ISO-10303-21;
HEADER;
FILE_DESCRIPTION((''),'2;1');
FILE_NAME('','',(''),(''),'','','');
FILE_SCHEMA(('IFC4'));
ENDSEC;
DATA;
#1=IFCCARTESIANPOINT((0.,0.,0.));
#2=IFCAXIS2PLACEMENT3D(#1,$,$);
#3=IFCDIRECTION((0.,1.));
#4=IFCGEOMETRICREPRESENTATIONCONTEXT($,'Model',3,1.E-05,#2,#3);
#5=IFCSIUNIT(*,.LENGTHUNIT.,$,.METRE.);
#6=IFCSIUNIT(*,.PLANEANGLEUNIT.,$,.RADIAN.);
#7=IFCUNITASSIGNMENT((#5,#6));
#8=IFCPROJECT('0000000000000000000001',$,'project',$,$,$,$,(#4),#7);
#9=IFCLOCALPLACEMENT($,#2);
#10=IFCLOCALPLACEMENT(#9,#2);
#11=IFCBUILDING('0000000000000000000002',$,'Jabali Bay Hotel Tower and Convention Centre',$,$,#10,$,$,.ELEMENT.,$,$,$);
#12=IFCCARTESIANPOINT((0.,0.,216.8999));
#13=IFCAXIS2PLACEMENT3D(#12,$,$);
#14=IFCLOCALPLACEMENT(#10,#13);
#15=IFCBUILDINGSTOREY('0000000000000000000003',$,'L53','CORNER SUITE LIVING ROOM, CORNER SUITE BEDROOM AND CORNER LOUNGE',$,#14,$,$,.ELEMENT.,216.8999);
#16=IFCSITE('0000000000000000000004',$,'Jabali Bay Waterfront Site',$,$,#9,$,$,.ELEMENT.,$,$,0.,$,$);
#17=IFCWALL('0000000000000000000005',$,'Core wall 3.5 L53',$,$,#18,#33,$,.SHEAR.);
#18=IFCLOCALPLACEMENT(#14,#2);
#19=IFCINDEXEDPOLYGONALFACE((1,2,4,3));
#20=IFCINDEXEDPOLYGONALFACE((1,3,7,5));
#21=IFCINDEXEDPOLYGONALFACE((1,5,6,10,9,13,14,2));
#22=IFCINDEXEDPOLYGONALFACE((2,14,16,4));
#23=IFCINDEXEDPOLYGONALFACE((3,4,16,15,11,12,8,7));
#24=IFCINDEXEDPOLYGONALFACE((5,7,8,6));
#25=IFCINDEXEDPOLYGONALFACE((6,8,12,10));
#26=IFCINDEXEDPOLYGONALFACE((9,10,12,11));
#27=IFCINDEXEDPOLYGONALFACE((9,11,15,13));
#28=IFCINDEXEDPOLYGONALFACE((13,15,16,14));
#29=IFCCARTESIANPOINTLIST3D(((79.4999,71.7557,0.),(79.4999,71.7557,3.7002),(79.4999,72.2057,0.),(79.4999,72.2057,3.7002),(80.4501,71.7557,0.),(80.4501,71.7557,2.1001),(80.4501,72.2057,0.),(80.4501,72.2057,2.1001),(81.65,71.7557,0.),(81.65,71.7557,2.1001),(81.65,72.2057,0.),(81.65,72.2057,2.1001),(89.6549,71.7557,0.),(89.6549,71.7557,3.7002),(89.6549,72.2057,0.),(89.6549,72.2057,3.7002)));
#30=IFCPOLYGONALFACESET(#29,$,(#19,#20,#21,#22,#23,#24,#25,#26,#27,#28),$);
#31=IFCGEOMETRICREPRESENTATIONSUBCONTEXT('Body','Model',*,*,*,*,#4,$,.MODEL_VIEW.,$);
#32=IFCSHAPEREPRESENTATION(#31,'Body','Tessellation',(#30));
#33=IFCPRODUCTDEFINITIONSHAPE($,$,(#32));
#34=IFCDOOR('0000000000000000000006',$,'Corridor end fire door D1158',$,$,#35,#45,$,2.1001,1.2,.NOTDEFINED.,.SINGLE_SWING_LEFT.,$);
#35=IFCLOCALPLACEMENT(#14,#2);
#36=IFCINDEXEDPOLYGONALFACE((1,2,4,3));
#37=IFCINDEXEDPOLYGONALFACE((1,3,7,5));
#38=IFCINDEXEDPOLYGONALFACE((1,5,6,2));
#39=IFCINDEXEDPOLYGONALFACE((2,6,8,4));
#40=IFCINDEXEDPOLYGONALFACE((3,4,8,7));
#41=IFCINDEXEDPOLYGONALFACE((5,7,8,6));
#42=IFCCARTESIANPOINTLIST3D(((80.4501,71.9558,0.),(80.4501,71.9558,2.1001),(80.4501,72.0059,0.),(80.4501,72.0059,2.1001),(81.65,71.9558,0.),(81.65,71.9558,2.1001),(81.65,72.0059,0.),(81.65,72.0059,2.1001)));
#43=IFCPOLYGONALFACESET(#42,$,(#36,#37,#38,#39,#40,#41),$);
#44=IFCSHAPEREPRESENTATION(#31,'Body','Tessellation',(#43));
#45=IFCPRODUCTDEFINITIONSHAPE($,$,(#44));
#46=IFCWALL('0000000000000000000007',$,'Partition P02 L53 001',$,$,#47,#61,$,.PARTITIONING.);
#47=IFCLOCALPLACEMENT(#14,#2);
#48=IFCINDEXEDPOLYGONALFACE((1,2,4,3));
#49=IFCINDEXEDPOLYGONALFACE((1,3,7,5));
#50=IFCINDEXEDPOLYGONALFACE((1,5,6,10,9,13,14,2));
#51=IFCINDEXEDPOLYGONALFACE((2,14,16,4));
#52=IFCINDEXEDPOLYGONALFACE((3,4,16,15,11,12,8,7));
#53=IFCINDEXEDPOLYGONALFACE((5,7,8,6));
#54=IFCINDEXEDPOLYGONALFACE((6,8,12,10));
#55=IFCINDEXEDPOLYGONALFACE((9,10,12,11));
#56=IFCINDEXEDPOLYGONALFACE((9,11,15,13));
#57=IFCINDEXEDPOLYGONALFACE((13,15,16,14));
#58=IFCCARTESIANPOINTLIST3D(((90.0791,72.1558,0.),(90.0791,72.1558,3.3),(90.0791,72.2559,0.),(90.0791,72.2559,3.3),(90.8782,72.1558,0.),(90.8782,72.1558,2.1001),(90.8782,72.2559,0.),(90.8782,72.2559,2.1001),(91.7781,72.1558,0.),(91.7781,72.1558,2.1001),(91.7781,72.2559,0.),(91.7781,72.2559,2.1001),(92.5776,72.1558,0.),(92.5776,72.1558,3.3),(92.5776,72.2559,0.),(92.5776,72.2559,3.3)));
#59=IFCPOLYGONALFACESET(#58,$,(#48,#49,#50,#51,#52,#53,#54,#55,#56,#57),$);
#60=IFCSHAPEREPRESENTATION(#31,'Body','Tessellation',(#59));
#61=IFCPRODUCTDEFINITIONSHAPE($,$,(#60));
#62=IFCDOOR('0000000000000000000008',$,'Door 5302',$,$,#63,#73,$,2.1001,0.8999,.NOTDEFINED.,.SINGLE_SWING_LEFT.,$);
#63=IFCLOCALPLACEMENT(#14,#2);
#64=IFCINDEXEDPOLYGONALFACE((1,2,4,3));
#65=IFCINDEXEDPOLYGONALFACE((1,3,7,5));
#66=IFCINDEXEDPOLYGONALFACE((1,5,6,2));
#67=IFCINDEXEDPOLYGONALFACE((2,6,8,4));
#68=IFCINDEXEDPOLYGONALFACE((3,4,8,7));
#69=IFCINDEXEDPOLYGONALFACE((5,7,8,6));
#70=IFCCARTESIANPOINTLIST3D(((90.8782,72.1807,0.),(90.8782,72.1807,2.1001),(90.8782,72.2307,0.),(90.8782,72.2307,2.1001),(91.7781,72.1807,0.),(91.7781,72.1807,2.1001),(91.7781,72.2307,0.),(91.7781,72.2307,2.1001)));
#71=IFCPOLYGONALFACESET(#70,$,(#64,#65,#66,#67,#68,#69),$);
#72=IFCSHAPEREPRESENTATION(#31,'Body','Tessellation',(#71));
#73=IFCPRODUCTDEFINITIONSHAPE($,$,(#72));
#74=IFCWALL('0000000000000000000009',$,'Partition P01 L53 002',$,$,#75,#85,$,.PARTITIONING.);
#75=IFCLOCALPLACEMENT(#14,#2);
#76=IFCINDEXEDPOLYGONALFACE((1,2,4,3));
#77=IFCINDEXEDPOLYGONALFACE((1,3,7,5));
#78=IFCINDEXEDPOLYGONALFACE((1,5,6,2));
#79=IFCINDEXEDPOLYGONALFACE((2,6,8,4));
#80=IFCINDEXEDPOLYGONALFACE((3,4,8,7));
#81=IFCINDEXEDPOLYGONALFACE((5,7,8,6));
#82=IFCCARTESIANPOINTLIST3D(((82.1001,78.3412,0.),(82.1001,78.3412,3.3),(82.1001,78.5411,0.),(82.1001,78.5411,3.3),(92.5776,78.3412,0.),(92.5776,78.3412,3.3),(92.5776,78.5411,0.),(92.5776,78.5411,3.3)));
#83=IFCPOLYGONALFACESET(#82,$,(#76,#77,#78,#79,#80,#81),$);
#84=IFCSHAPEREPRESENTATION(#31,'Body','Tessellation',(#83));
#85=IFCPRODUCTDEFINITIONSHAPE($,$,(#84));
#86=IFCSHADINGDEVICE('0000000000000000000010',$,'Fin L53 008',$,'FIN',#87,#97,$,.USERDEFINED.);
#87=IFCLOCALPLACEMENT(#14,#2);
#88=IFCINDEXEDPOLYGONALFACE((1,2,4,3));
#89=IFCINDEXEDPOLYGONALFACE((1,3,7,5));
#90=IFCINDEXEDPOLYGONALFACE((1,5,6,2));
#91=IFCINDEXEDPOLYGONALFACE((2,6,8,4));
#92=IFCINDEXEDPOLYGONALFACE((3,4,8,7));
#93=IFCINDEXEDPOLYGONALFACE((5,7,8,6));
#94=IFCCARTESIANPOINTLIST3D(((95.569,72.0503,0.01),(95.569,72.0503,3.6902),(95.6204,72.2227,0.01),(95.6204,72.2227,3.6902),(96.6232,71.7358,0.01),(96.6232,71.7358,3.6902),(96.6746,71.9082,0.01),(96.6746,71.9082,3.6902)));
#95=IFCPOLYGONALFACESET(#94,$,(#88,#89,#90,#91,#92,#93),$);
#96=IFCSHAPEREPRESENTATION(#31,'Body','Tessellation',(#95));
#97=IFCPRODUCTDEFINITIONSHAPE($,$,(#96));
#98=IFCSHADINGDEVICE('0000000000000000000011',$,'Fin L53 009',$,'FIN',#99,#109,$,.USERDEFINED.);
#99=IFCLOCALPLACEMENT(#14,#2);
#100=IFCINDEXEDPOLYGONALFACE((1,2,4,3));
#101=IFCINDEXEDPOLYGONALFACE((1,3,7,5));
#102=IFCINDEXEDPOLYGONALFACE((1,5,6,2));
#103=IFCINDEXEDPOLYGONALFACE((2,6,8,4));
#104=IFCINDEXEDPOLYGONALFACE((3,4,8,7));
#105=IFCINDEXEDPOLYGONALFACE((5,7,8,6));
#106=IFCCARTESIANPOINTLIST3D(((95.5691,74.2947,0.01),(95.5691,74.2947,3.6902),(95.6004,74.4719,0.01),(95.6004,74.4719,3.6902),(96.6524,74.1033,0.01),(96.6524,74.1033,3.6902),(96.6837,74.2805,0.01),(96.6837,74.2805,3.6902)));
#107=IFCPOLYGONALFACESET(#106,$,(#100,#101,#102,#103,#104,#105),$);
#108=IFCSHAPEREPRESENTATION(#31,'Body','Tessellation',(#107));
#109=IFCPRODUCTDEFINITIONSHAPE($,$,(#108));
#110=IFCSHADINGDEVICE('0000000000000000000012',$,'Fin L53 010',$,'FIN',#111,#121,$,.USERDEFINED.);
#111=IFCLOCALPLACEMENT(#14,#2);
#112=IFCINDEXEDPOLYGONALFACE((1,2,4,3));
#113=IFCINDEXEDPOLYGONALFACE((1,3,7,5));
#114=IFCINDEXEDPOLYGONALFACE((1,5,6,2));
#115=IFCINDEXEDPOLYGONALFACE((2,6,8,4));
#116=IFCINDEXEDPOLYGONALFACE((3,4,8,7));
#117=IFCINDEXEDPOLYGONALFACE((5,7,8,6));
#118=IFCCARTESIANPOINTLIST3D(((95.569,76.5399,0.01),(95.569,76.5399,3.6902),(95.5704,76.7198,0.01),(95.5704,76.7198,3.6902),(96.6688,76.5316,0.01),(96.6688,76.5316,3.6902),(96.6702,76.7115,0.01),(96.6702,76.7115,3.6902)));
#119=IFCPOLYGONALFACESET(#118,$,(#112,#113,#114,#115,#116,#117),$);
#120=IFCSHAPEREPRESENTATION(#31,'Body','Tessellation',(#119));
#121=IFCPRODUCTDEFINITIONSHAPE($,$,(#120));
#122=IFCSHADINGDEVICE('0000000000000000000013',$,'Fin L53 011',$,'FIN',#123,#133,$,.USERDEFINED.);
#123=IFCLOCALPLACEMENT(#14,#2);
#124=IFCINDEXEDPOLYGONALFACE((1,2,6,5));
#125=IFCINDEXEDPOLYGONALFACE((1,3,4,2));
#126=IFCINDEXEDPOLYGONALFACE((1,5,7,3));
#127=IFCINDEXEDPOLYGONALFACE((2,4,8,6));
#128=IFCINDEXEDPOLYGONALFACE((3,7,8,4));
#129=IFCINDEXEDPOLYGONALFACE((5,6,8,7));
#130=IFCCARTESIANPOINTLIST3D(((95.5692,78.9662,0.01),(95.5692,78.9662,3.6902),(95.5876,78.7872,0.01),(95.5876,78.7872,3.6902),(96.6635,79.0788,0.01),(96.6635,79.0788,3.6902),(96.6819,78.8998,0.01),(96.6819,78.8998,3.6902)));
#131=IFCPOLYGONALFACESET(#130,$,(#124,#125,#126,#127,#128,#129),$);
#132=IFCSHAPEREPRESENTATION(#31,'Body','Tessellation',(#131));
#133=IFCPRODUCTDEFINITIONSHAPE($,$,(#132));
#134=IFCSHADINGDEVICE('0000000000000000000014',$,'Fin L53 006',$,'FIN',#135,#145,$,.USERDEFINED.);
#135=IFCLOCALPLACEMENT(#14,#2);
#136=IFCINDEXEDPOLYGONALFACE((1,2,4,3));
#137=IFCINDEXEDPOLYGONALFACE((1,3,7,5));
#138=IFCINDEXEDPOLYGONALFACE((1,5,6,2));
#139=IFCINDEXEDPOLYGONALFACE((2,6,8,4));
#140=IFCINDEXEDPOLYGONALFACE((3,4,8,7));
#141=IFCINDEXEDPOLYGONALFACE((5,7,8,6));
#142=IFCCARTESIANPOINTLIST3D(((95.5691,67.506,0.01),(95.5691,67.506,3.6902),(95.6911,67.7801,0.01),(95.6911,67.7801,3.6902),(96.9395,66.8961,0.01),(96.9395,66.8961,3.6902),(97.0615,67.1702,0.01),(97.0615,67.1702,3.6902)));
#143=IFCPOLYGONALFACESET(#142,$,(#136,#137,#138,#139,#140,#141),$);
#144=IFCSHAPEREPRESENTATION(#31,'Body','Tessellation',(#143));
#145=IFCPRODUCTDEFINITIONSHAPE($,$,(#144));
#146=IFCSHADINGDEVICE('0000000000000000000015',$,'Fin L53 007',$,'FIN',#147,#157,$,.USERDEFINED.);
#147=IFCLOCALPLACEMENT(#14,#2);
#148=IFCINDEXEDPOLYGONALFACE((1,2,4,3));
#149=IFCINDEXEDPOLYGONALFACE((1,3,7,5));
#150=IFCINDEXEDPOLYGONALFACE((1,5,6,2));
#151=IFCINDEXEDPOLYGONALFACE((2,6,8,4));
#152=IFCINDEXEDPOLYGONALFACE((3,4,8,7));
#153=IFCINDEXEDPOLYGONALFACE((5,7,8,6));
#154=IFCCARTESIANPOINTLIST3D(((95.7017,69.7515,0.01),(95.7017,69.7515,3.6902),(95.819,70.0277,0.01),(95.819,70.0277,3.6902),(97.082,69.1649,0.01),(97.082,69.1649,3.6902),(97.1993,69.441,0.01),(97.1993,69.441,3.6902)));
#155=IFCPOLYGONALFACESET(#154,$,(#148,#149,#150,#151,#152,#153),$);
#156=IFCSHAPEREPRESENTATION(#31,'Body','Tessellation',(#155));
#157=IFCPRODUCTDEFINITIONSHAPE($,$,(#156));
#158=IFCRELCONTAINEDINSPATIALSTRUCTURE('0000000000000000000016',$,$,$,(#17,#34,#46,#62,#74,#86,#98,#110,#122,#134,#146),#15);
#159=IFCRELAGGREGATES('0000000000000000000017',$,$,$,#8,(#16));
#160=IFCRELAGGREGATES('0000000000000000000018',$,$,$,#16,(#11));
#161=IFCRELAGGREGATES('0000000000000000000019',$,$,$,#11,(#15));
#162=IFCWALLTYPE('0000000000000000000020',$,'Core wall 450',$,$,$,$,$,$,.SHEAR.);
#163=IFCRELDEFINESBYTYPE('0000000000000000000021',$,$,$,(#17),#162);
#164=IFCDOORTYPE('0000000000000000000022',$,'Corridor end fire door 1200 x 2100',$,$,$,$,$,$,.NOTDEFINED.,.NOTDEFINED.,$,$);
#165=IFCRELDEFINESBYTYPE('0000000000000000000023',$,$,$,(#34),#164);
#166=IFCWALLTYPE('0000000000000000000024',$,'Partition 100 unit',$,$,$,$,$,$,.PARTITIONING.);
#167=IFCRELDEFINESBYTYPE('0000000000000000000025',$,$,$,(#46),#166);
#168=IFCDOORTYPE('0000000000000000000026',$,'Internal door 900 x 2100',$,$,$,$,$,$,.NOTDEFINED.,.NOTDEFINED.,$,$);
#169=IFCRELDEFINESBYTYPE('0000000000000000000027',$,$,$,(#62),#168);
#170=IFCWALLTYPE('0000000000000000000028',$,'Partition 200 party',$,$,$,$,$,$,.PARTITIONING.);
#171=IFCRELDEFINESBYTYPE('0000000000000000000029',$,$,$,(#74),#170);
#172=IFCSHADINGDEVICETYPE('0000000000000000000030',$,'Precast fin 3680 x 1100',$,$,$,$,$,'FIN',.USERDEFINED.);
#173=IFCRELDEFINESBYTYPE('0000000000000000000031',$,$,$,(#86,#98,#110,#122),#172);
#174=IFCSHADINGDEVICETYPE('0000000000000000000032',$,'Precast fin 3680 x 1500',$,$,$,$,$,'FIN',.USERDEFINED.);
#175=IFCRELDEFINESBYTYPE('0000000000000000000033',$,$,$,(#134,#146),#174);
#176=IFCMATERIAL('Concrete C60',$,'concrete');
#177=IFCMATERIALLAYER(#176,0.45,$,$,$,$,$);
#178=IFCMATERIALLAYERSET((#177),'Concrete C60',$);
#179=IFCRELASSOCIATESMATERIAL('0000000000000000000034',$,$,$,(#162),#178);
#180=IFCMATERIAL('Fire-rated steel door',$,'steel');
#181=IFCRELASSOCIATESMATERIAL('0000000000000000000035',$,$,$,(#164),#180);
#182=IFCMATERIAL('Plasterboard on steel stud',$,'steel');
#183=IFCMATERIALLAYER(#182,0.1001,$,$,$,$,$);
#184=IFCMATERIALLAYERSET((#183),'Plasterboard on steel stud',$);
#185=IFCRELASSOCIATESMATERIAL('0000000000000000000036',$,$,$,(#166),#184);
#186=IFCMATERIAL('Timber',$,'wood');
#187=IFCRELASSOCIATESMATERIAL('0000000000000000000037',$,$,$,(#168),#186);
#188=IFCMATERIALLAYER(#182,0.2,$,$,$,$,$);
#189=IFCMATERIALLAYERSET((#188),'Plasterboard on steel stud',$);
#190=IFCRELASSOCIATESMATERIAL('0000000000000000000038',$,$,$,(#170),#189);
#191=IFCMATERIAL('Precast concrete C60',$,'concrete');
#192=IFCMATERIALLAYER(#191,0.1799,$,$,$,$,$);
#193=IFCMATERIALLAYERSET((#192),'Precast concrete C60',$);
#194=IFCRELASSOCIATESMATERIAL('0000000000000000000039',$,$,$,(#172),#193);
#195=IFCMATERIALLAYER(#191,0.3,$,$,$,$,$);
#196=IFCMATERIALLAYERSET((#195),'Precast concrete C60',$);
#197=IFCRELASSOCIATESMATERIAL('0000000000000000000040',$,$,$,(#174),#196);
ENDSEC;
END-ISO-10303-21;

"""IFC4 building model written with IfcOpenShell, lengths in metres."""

from ifc_helpers import new_model, si_unit, direction, frame, frame_2d, origin, place, context, subcontext, project, spatial, rectangle, extrude, material, layer, layer_set, type_object, element, fill, save


model = new_model("IFC4")

# Units and contexts
model_context = context("Model", 3, precision=1e-05, world=origin(), true_north=direction((0.0, 1.0)))
body_context = subcontext(model_context, "Body", "Model", "MODEL_VIEW")
ifc_project = project(units=[si_unit("LENGTHUNIT", "METRE"), si_unit("PLANEANGLEUNIT", "RADIAN")], contexts=[model_context])

# Site, building, storey
site_placement = place(None, origin())
site = spatial("IfcSite", under=ifc_project, at=site_placement, Name="Jabali Bay Waterfront Site", CompositionType="ELEMENT", RefElevation=0.0)
building_placement = place(site_placement, origin())
building = spatial("IfcBuilding", under=site, at=building_placement, Name="Jabali Bay Hotel Tower and Convention Centre", CompositionType="ELEMENT")
storey_placement = place(building_placement, frame((0.0, 0.0, 216.8999)))
storey = spatial("IfcBuildingStorey", under=building, at=storey_placement, Name="L53", Description="CORNER SUITE LIVING ROOM, CORNER SUITE BEDROOM AND CORNER LOUNGE", CompositionType="ELEMENT", Elevation=216.8999)

# Shared definitions
ifc_material_1 = material(Name="Concrete C60", Category="concrete")

# Shared definitions
ifc_material_2 = material(Name="Fire-rated steel door", Category="steel")

# Wall, opening, door
ifc_layer_1 = layer(ifc_material_1, 0.45)
ifc_layer_set_1 = layer_set([ifc_layer_1], Name="Concrete C60")
wall_type_1 = type_object("IfcWallType", Name="Core wall 450", PredefinedType="SHEAR", material=ifc_layer_set_1)
wall_1_placement = place(storey_placement, frame((89.655, 71.9807, 0.0), z_axis=(0.0, 0.0, 1.0), x_axis=(-1.0, 0.0, 0.0)))
wall_1 = element("IfcWall", 1, at=wall_1_placement, inside=storey, type_object=wall_type_1, Name="Core wall 3.5 L53", PredefinedType="SHEAR", context=body_context, shape_type="SweptSolid", body=[
    extrude(rectangle(XDim=10.155, YDim=0.45, at=frame_2d((5.0776, 0.0))), origin(), (0.0, 0.0, 1.0), 3.7002),
])
opening_1_placement = place(wall_1_placement, frame((8.0049, 0.0, 0.0)))
opening_1 = element("IfcOpeningElement", 2, at=opening_1_placement, cuts=wall_1, PredefinedType="OPENING", context=body_context, shape_type="SweptSolid", body=[
    extrude(rectangle(XDim=1.2, YDim=2.1001, at=frame_2d((0.6001, 1.05))), frame((0.0, 0.2354, 0.0), z_axis=(0.0, -1.0, 0.0), x_axis=(1.0, 0.0, 0.0)), (0.0, 0.0, 1.0), 0.4709),
])
door_type_1 = type_object("IfcDoorType", Name="Corridor end fire door 1200 x 2100", OperationType="NOTDEFINED", PredefinedType="NOTDEFINED", material=ifc_material_2)
door_1_placement = place(opening_1_placement, origin())
door_1 = element("IfcDoor", 3, at=door_1_placement, inside=storey, type_object=door_type_1, Name="Corridor end fire door D1158", OperationType="SINGLE_SWING_LEFT", OverallHeight=2.1001, OverallWidth=1.2, PredefinedType="NOTDEFINED", context=body_context, shape_type="SweptSolid", body=[
    extrude(rectangle(XDim=1.2, YDim=2.1001, at=frame_2d((0.6001, 1.05))), frame((0.0, 0.0249, 0.0), z_axis=(0.0, -1.0, 0.0), x_axis=(1.0, 0.0, 0.0)), (0.0, 0.0, 1.0), 0.05),
])
fill(opening_1, door_1)

# Shared definitions
ifc_material_3 = material(Name="Timber", Category="wood")

# Wall, opening, door
ifc_material_4 = material(Name="Plasterboard on steel stud", Category="steel")
ifc_layer_2 = layer(ifc_material_4, 0.1001)
ifc_layer_set_2 = layer_set([ifc_layer_2], Name="Plasterboard on steel stud")
wall_type_2 = type_object("IfcWallType", Name="Partition 100 unit", PredefinedType="PARTITIONING", material=ifc_layer_set_2)
wall_2_placement = place(storey_placement, frame((90.0791, 72.2058, 0.0), z_axis=(0.0, 0.0, 1.0), x_axis=(1.0, 0.0, 0.0)))
wall_2 = element("IfcWall", 4, at=wall_2_placement, inside=storey, type_object=wall_type_2, Name="Partition P02 L53 001", PredefinedType="PARTITIONING", context=body_context, shape_type="SweptSolid", body=[
    extrude(rectangle(XDim=2.4985, YDim=0.1001, at=frame_2d((1.2493, 0.0))), origin(), (0.0, 0.0, 1.0), 3.3),
])
opening_2_placement = place(wall_2_placement, frame((0.7991, 0.0, 0.0)))
opening_2 = element("IfcOpeningElement", 5, at=opening_2_placement, cuts=wall_2, PredefinedType="OPENING", context=body_context, shape_type="SweptSolid", body=[
    extrude(rectangle(XDim=0.8999, YDim=2.1001, at=frame_2d((0.45, 1.05))), frame((0.0, 0.0605, 0.0), z_axis=(0.0, -1.0, 0.0), x_axis=(1.0, 0.0, 0.0)), (0.0, 0.0, 1.0), 0.1211),
])
door_type_2 = type_object("IfcDoorType", Name="Internal door 900 x 2100", OperationType="NOTDEFINED", PredefinedType="NOTDEFINED", material=ifc_material_3)
door_2_placement = place(opening_2_placement, origin())
door_2 = element("IfcDoor", 6, at=door_2_placement, inside=storey, type_object=door_type_2, Name="Door 5302", OperationType="SINGLE_SWING_LEFT", OverallHeight=2.1001, OverallWidth=0.8999, PredefinedType="NOTDEFINED", context=body_context, shape_type="SweptSolid", body=[
    extrude(rectangle(XDim=0.8999, YDim=2.1001, at=frame_2d((0.45, 1.05))), frame((0.0, 0.0249, 0.0), z_axis=(0.0, -1.0, 0.0), x_axis=(1.0, 0.0, 0.0)), (0.0, 0.0, 1.0), 0.05),
])
fill(opening_2, door_2)

# Wall
ifc_layer_3 = layer(ifc_material_4, 0.2)
ifc_layer_set_3 = layer_set([ifc_layer_3], Name="Plasterboard on steel stud")
wall_type_3 = type_object("IfcWallType", Name="Partition 200 party", PredefinedType="PARTITIONING", material=ifc_layer_set_3)
wall_3_placement = place(storey_placement, frame((92.5776, 78.4412, 0.0), z_axis=(0.0, 0.0, 1.0), x_axis=(-1.0, 0.0, 0.0)))
element("IfcWall", 7, at=wall_3_placement, inside=storey, type_object=wall_type_3, Name="Partition P01 L53 002", PredefinedType="PARTITIONING", context=body_context, shape_type="SweptSolid", body=[
    extrude(rectangle(XDim=10.4775, YDim=0.2, at=frame_2d((5.2388, 0.0))), origin(), (0.0, 0.0, 1.0), 3.3),
])

# Shading devices
ifc_material_5 = material(Name="Precast concrete C60", Category="concrete")
ifc_layer_4 = layer(ifc_material_5, 0.1799)
ifc_layer_set_4 = layer_set([ifc_layer_4], Name="Precast concrete C60")
shading_device_type_1 = type_object("IfcShadingDeviceType", Name="Precast fin 3680 x 1100", ElementType="FIN", PredefinedType="USERDEFINED", material=ifc_layer_set_4)
for number, where, z_axis, x_axis, name in (
    (8, (95.5947, 72.1365, 0.01), (0.0, 0.0, 1.0), (0.958277, -0.285841, 0.0), "Fin L53 008"),
    (9, (95.5847, 74.3833, 0.01), (0.0, 0.0, 1.0), (0.984746, -0.174001, 0.0), "Fin L53 009"),
):
    element("IfcShadingDevice", number, at=place(storey_placement, frame(where, z_axis=z_axis, x_axis=x_axis)), inside=storey, type_object=shading_device_type_1, Name=name, ObjectType="FIN", PredefinedType="USERDEFINED", context=body_context, shape_type="SweptSolid", body=[
        extrude(rectangle(XDim=1.1001, YDim=0.1799, at=frame_2d((0.55, 0.0))), origin(), (0.0, 0.0, 1.0), 3.6802),
    ])
shading_device_1_placement = place(storey_placement, frame((95.5698, 76.6299, 0.01), z_axis=(0.0, 0.0, 1.0), x_axis=(0.999972, -0.007547, 0.0)))
element("IfcShadingDevice", 10, at=shading_device_1_placement, inside=storey, type_object=shading_device_type_1, Name="Fin L53 010", ObjectType="FIN", PredefinedType="USERDEFINED", context=body_context, shape_type="SweptSolid", body=[
    extrude(rectangle(XDim=1.0999, YDim=0.1799, at=frame_2d((0.5498, 0.0))), origin(), (0.0, 0.0, 1.0), 3.6802),
])
shading_device_2_placement = place(storey_placement, frame((95.5784, 78.8767, 0.01), z_axis=(0.0, 0.0, 1.0), x_axis=(0.994752, 0.102316, 0.0)))
element("IfcShadingDevice", 11, at=shading_device_2_placement, inside=storey, type_object=shading_device_type_1, Name="Fin L53 011", ObjectType="FIN", PredefinedType="USERDEFINED", context=body_context, shape_type="SweptSolid", body=[
    extrude(rectangle(XDim=1.1001, YDim=0.1799, at=frame_2d((0.55, 0.0))), origin(), (0.0, 0.0, 1.0), 3.6802),
])
ifc_layer_5 = layer(ifc_material_5, 0.3)
ifc_layer_set_5 = layer_set([ifc_layer_5], Name="Precast concrete C60")
shading_device_type_2 = type_object("IfcShadingDeviceType", Name="Precast fin 3680 x 1500", ElementType="FIN", PredefinedType="USERDEFINED", material=ifc_layer_set_5)
shading_device_3_placement = place(storey_placement, frame((95.6301, 67.6431, 0.01), z_axis=(0.0, 0.0, 1.0), x_axis=(0.91361, -0.406591, 0.0)))
element("IfcShadingDevice", 12, at=shading_device_3_placement, inside=storey, type_object=shading_device_type_2, Name="Fin L53 006", ObjectType="FIN", PredefinedType="USERDEFINED", context=body_context, shape_type="SweptSolid", body=[
    extrude(rectangle(XDim=1.5, YDim=0.3, at=frame_2d((0.75, 0.0))), origin(), (0.0, 0.0, 1.0), 3.6802),
])
shading_device_4_placement = place(storey_placement, frame((95.7603, 69.8896, 0.01), z_axis=(0.0, 0.0, 1.0), x_axis=(0.920328, -0.391148, 0.0)))
element("IfcShadingDevice", 13, at=shading_device_4_placement, inside=storey, type_object=shading_device_type_2, Name="Fin L53 007", ObjectType="FIN", PredefinedType="USERDEFINED", context=body_context, shape_type="SweptSolid", body=[
    extrude(rectangle(XDim=1.4998, YDim=0.3, at=frame_2d((0.75, 0.0))), origin(), (0.0, 0.0, 1.0), 3.6802),
])

save(model, "model.ifc")
